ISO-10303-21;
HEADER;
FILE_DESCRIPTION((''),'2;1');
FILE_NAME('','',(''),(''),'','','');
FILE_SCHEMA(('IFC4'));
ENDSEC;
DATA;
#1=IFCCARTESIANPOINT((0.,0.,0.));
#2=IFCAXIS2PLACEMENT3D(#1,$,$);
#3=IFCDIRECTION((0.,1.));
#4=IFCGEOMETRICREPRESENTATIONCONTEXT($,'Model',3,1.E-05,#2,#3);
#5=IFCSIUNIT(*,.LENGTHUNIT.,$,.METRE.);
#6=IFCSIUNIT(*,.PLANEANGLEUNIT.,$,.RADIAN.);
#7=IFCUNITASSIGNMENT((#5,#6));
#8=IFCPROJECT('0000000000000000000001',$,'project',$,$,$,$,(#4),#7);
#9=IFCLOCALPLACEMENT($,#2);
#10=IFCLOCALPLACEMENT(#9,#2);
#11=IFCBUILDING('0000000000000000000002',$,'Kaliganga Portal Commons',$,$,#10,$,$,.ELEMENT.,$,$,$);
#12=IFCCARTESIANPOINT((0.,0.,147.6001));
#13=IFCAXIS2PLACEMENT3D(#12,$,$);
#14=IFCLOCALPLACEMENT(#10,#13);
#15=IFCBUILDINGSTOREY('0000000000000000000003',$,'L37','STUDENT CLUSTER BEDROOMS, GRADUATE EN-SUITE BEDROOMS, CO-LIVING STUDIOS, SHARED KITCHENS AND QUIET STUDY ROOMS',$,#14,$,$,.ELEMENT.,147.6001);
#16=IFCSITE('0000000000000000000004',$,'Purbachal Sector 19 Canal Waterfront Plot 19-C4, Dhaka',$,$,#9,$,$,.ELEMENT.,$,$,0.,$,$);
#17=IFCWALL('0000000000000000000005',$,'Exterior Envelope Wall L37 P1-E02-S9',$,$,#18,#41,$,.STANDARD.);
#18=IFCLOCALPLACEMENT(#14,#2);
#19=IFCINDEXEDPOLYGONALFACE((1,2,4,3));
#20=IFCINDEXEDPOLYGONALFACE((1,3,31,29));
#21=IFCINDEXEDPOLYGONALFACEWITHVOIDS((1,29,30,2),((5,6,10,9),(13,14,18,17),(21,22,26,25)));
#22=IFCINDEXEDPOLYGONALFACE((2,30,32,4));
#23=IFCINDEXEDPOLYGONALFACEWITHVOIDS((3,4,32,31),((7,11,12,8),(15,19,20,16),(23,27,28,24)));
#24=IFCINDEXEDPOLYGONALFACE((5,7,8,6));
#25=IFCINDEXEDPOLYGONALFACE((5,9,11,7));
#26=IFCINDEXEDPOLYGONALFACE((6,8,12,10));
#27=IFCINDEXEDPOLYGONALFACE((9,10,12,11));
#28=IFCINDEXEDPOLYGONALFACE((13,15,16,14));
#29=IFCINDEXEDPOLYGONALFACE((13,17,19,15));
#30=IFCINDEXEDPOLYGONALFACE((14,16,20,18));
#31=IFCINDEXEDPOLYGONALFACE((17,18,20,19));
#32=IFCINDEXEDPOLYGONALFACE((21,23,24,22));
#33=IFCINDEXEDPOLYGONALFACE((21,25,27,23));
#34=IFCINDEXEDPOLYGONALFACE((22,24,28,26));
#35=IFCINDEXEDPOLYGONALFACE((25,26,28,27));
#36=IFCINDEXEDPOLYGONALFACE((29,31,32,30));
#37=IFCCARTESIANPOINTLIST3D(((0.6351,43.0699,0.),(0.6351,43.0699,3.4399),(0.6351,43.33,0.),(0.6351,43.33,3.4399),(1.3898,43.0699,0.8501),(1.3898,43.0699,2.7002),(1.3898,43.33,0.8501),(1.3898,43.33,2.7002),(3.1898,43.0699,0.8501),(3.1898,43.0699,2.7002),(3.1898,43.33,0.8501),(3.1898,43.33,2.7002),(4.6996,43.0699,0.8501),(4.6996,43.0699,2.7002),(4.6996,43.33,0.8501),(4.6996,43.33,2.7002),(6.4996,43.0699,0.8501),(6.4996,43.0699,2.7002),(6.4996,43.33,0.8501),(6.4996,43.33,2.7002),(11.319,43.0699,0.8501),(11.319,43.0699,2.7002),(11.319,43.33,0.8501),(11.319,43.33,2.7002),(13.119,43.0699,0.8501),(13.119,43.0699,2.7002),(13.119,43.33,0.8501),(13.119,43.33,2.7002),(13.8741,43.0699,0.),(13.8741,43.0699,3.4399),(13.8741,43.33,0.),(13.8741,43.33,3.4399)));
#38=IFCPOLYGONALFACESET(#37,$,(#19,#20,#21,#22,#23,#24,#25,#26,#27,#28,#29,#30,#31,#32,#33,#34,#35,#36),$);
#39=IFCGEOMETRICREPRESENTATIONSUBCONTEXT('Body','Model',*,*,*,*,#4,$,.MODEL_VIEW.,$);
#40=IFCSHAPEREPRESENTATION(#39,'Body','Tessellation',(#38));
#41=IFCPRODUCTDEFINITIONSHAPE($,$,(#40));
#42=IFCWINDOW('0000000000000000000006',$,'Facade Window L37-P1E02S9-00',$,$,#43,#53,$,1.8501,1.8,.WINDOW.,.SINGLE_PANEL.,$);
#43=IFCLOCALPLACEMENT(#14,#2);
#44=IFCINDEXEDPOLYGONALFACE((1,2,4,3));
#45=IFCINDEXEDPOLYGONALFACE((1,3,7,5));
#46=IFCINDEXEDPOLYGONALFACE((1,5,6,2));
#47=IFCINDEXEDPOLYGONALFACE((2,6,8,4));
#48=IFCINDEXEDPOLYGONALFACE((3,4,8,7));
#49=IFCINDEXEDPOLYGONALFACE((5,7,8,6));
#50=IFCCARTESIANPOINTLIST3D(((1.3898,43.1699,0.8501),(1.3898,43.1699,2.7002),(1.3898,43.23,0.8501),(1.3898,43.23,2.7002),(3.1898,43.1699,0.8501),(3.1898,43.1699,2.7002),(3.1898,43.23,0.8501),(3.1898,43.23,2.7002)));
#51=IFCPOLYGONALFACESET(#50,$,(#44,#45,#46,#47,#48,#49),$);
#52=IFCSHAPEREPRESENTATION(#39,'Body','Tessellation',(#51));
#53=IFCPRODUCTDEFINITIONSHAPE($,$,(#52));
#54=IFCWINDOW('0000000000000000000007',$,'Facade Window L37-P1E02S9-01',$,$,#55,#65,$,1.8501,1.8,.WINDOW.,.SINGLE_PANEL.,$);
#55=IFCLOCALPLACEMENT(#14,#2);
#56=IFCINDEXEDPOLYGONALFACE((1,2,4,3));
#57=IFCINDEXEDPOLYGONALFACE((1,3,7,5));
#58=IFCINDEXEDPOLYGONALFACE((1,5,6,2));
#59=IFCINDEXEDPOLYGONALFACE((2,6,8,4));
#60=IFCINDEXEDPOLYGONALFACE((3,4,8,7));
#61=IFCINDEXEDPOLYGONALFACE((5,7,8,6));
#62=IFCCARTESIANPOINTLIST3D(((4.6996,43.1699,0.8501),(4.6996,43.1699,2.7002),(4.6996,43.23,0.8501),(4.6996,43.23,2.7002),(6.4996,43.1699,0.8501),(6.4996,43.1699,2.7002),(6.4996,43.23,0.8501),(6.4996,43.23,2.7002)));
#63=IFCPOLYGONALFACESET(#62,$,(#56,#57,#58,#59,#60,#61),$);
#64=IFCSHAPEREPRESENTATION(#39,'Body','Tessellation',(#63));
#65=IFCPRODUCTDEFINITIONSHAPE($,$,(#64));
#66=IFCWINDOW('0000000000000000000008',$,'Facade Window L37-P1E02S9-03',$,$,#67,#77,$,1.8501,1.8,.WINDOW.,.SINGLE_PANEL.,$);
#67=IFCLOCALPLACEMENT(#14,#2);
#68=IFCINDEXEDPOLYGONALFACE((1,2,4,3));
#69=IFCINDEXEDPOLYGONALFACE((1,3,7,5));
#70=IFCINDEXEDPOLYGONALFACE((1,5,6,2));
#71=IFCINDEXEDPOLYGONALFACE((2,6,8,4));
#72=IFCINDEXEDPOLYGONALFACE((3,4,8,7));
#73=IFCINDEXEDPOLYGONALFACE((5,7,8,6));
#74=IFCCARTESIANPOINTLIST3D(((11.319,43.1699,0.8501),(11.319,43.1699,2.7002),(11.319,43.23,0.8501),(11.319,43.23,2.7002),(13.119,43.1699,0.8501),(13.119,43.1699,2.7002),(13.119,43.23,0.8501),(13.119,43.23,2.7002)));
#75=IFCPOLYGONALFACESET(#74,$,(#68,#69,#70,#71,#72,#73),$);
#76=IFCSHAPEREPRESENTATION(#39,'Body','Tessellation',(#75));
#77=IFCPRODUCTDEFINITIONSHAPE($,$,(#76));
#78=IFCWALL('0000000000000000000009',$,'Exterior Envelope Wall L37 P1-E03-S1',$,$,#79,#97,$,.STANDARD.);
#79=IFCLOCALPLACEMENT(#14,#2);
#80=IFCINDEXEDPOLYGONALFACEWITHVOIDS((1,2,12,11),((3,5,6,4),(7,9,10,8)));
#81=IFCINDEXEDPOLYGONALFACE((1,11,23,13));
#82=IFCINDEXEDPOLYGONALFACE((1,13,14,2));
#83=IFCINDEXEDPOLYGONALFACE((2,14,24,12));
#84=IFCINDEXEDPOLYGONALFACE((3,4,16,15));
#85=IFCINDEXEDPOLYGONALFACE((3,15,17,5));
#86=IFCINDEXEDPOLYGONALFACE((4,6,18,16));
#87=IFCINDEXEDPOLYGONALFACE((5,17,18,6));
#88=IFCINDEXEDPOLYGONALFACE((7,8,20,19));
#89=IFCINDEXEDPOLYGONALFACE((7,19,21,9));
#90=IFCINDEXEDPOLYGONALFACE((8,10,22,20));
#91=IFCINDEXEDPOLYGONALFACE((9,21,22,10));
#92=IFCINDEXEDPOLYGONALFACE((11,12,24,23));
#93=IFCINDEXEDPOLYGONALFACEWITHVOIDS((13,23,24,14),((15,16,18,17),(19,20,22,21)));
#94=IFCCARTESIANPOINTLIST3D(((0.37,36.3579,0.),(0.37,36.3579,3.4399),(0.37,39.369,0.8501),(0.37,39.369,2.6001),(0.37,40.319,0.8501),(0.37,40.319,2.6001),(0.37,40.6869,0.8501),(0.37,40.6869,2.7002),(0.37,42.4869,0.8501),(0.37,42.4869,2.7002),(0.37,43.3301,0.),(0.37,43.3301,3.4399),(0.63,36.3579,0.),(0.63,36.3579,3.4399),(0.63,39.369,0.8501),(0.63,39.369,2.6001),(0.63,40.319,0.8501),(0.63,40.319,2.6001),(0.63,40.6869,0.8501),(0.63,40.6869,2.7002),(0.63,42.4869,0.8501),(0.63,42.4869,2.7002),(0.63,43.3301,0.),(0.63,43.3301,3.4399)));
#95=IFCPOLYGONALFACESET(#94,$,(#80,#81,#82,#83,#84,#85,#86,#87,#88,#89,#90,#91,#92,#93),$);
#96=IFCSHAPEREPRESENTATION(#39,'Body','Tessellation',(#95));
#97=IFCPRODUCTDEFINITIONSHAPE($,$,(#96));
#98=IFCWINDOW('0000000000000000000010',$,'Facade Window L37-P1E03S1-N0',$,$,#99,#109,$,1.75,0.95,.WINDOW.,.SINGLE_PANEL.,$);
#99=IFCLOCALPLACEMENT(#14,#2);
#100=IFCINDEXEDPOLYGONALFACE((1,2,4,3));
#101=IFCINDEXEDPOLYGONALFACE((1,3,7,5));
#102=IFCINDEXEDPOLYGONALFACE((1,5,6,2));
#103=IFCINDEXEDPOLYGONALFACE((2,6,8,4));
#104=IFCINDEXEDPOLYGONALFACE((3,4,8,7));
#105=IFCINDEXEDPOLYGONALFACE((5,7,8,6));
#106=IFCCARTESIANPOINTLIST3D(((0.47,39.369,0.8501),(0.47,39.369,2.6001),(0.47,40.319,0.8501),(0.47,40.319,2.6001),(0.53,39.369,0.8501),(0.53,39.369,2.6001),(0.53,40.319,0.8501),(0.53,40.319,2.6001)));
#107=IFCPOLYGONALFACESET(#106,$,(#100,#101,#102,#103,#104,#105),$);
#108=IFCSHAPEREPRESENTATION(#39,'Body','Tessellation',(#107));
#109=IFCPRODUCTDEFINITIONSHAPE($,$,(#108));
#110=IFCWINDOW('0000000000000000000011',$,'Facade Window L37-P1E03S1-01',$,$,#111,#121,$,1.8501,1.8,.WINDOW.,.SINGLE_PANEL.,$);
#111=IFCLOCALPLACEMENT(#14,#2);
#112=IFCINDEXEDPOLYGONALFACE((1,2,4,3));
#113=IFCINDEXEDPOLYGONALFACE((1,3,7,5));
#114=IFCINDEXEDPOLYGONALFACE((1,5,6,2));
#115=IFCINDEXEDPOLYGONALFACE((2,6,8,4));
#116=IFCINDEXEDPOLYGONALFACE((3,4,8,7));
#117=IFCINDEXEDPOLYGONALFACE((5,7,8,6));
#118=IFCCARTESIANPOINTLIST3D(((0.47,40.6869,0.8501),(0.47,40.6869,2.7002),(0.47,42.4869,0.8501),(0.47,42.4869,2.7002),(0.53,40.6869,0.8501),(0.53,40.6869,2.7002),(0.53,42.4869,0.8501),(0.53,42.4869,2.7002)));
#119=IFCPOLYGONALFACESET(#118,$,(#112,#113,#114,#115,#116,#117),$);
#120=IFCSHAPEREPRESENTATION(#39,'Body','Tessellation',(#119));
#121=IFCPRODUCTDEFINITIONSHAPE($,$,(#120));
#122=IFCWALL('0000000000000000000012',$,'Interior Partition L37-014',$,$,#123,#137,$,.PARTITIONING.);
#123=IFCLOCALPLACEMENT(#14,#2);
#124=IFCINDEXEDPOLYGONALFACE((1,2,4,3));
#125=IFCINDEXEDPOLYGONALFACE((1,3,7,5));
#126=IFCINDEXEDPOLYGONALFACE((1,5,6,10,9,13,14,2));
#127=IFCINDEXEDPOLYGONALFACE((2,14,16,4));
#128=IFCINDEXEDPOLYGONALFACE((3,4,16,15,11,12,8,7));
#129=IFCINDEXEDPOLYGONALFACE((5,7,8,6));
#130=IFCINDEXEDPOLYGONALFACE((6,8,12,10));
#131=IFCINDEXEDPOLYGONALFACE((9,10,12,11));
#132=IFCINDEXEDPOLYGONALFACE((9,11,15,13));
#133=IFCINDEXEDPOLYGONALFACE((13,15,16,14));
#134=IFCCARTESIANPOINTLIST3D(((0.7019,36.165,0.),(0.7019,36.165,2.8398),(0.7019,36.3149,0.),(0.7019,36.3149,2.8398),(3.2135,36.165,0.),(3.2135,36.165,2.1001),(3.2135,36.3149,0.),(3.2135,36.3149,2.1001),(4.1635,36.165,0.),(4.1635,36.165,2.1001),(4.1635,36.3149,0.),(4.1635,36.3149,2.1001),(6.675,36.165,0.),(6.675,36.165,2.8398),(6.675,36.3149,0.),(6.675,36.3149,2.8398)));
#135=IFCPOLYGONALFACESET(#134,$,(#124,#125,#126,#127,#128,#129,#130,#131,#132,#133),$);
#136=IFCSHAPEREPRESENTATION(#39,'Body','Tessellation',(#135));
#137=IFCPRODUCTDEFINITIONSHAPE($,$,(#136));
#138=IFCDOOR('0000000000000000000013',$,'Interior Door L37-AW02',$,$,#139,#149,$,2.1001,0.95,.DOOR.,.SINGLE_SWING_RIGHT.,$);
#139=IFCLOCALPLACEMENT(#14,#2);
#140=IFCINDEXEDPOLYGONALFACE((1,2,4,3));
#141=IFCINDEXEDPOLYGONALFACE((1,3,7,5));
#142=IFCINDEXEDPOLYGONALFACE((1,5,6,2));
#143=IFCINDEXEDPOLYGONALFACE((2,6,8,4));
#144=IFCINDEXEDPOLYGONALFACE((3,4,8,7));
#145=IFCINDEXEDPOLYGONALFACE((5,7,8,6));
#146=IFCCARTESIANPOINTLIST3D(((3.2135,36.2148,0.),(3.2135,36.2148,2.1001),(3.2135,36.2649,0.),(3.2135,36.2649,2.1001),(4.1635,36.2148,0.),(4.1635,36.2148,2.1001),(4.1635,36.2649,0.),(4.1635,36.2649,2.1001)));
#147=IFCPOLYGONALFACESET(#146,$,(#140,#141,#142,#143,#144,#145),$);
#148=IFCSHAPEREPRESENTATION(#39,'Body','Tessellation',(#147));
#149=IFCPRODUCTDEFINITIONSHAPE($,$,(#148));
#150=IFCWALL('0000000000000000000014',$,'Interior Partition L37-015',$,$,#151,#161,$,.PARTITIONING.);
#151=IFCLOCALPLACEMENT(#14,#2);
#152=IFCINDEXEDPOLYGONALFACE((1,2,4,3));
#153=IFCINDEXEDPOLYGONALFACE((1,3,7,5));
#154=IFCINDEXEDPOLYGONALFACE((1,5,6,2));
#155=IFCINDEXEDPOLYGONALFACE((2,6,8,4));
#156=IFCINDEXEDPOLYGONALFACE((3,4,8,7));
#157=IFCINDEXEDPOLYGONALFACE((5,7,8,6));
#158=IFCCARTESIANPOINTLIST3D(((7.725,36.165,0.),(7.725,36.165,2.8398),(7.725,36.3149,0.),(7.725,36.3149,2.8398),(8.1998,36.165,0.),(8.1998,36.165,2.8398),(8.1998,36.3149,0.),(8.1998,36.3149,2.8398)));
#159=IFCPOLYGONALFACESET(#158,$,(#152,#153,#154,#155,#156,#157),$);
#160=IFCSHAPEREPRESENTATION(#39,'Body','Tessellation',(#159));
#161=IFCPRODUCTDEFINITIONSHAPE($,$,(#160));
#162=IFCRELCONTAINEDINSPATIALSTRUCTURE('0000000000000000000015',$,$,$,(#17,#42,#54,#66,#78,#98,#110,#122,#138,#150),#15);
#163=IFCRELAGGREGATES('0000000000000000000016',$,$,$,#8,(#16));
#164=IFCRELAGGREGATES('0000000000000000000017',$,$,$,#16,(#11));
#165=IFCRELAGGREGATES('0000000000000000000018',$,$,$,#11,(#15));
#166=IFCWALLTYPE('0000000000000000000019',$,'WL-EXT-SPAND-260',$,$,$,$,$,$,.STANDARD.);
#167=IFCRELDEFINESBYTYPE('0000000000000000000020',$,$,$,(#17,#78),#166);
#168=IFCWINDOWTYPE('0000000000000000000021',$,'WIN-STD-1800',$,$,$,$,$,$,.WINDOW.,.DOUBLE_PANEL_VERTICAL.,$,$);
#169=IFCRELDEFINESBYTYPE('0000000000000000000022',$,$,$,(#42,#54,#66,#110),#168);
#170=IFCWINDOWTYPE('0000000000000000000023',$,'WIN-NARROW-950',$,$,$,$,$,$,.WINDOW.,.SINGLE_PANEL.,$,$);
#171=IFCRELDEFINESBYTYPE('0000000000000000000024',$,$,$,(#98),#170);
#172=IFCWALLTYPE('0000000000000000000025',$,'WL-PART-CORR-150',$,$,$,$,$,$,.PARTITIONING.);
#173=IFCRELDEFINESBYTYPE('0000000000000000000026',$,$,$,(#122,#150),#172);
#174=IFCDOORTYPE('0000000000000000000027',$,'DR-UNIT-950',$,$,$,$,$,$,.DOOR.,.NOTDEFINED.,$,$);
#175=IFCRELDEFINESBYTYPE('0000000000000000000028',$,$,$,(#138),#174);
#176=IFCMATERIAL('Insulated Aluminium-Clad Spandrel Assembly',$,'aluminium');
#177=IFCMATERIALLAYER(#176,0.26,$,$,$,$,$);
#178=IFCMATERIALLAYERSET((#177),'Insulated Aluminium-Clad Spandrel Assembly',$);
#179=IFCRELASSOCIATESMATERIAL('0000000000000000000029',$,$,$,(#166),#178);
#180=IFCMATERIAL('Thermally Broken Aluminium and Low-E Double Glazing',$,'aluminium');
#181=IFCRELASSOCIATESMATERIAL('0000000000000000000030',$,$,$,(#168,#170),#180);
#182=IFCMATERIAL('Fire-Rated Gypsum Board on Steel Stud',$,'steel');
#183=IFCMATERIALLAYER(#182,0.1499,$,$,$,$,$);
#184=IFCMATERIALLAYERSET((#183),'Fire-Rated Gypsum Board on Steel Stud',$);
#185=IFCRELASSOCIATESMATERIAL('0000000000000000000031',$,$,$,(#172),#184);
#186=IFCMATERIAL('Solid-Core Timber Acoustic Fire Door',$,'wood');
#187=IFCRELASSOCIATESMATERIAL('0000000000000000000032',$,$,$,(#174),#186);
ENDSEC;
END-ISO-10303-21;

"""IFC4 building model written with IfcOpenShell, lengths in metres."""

from ifc_helpers import new_model, si_unit, direction, frame, frame_2d, origin, place, context, subcontext, project, spatial, rectangle, extrude, material, layer, layer_set, type_object, element, fill, save


model = new_model("IFC4")

# Units and contexts
model_context = context("Model", 3, precision=1e-05, world=origin(), true_north=direction((0.0, 1.0)))
body_context = subcontext(model_context, "Body", "Model", "MODEL_VIEW")
ifc_project = project(units=[si_unit("LENGTHUNIT", "METRE"), si_unit("PLANEANGLEUNIT", "RADIAN")], contexts=[model_context])

# Site, building, storey
site_placement = place(None, origin())
site = spatial("IfcSite", under=ifc_project, at=site_placement, Name="Purbachal Sector 19 Canal Waterfront Plot 19-C4, Dhaka", CompositionType="ELEMENT", RefElevation=0.0)
building_placement = place(site_placement, origin())
building = spatial("IfcBuilding", under=site, at=building_placement, Name="Kaliganga Portal Commons", CompositionType="ELEMENT")
storey_placement = place(building_placement, frame((0.0, 0.0, 147.6001)))
storey = spatial("IfcBuildingStorey", under=building, at=storey_placement, Name="L37", Description="STUDENT CLUSTER BEDROOMS, GRADUATE EN-SUITE BEDROOMS, CO-LIVING STUDIOS, SHARED KITCHENS AND QUIET STUDY ROOMS", CompositionType="ELEMENT", Elevation=147.6001)

# Walls, openings, windows
ifc_material_1 = material(Name="Insulated Aluminium-Clad Spandrel Assembly", Category="aluminium")
ifc_layer_1 = layer(ifc_material_1, 0.26)
ifc_layer_set_1 = layer_set([ifc_layer_1], Name="Insulated Aluminium-Clad Spandrel Assembly")
wall_type_1 = type_object("IfcWallType", Name="WL-EXT-SPAND-260", PredefinedType="STANDARD", material=ifc_layer_set_1)
wall_1_placement = place(storey_placement, frame((0.635, 43.2, 0.0), z_axis=(0.0, 0.0, 1.0), x_axis=(1.0, 0.0, 0.0)))
wall_1 = element("IfcWall", 1, at=wall_1_placement, inside=storey, type_object=wall_type_1, Name="Exterior Envelope Wall L37 P1-E02-S9", PredefinedType="STANDARD", context=body_context, shape_type="SweptSolid", body=[
    extrude(rectangle(XDim=13.239, YDim=0.26, at=frame_2d((6.6196, 0.0))), origin(), (0.0, 0.0, 1.0), 3.4399),
])
opening_1_placement = place(wall_1_placement, frame((0.7549, 0.0, 0.8501)))
opening_1 = element("IfcOpeningElement", 2, at=opening_1_placement, cuts=wall_1, PredefinedType="OPENING", context=body_context, shape_type="SweptSolid", body=[
    extrude(rectangle(XDim=1.8, YDim=1.8501, at=frame_2d((0.8999, 0.925))), frame((0.0, 0.1401, 0.0), z_axis=(0.0, -1.0, 0.0), x_axis=(1.0, 0.0, 0.0)), (0.0, 0.0, 1.0), 0.28),
])
opening_2_placement = place(wall_1_placement, frame((4.0647, 0.0, 0.8501)))
opening_2 = element("IfcOpeningElement", 3, at=opening_2_placement, cuts=wall_1, PredefinedType="OPENING", context=body_context, shape_type="SweptSolid", body=[
    extrude(rectangle(XDim=1.8, YDim=1.8501, at=frame_2d((0.8999, 0.925))), frame((0.0, 0.1401, 0.0), z_axis=(0.0, -1.0, 0.0), x_axis=(1.0, 0.0, 0.0)), (0.0, 0.0, 1.0), 0.28),
])
opening_3_placement = place(wall_1_placement, frame((10.6841, 0.0, 0.8501)))
opening_3 = element("IfcOpeningElement", 4, at=opening_3_placement, cuts=wall_1, PredefinedType="OPENING", context=body_context, shape_type="SweptSolid", body=[
    extrude(rectangle(XDim=1.8, YDim=1.8501, at=frame_2d((0.8999, 0.925))), frame((0.0, 0.1401, 0.0), z_axis=(0.0, -1.0, 0.0), x_axis=(1.0, 0.0, 0.0)), (0.0, 0.0, 1.0), 0.28),
])
ifc_material_2 = material(Name="Thermally Broken Aluminium and Low-E Double Glazing", Category="aluminium")
window_type_1 = type_object("IfcWindowType", Name="WIN-STD-1800", PartitioningType="DOUBLE_PANEL_VERTICAL", PredefinedType="WINDOW", material=ifc_material_2)
window_1_placement = place(opening_1_placement, origin())
window_1 = element("IfcWindow", 5, at=window_1_placement, inside=storey, type_object=window_type_1, Name="Facade Window L37-P1E02S9-00", OverallHeight=1.8501, OverallWidth=1.8, PartitioningType="SINGLE_PANEL", PredefinedType="WINDOW", context=body_context, shape_type="SweptSolid", body=[
    extrude(rectangle(XDim=1.8, YDim=1.8501, at=frame_2d((0.8999, 0.925))), frame((0.0, 0.03, 0.0), z_axis=(0.0, -1.0, 0.0), x_axis=(1.0, 0.0, 0.0)), (0.0, 0.0, 1.0), 0.0601),
])
fill(opening_1, window_1)
window_2_placement = place(opening_2_placement, origin())
window_2 = element("IfcWindow", 6, at=window_2_placement, inside=storey, type_object=window_type_1, Name="Facade Window L37-P1E02S9-01", OverallHeight=1.8501, OverallWidth=1.8, PartitioningType="SINGLE_PANEL", PredefinedType="WINDOW", context=body_context, shape_type="SweptSolid", body=[
    extrude(rectangle(XDim=1.8, YDim=1.8501, at=frame_2d((0.8999, 0.925))), frame((0.0, 0.03, 0.0), z_axis=(0.0, -1.0, 0.0), x_axis=(1.0, 0.0, 0.0)), (0.0, 0.0, 1.0), 0.0601),
])
fill(opening_2, window_2)
window_3_placement = place(opening_3_placement, origin())
window_3 = element("IfcWindow", 7, at=window_3_placement, inside=storey, type_object=window_type_1, Name="Facade Window L37-P1E02S9-03", OverallHeight=1.8501, OverallWidth=1.8, PartitioningType="SINGLE_PANEL", PredefinedType="WINDOW", context=body_context, shape_type="SweptSolid", body=[
    extrude(rectangle(XDim=1.8, YDim=1.8501, at=frame_2d((0.8999, 0.925))), frame((0.0, 0.03, 0.0), z_axis=(0.0, -1.0, 0.0), x_axis=(1.0, 0.0, 0.0)), (0.0, 0.0, 1.0), 0.0601),
])
fill(opening_3, window_3)
wall_2_placement = place(storey_placement, frame((0.5, 36.3579, 0.0), z_axis=(0.0, 0.0, 1.0), x_axis=(0.0, 1.0, 0.0)))
wall_2 = element("IfcWall", 8, at=wall_2_placement, inside=storey, type_object=wall_type_1, Name="Exterior Envelope Wall L37 P1-E03-S1", PredefinedType="STANDARD", context=body_context, shape_type="SweptSolid", body=[
    extrude(rectangle(XDim=6.9722, YDim=0.26, at=frame_2d((3.4861, 0.0))), origin(), (0.0, 0.0, 1.0), 3.4399),
])
opening_4_placement = place(wall_2_placement, frame((4.3291, 0.0, 0.8501)))
opening_4 = element("IfcOpeningElement", 9, at=opening_4_placement, cuts=wall_2, PredefinedType="OPENING", context=body_context, shape_type="SweptSolid", body=[
    extrude(rectangle(XDim=1.8, YDim=1.8501, at=frame_2d((0.8999, 0.925))), frame((0.0, 0.1401, 0.0), z_axis=(0.0, -1.0, 0.0), x_axis=(1.0, 0.0, 0.0)), (0.0, 0.0, 1.0), 0.28),
])
opening_5_placement = place(wall_2_placement, frame((3.011, 0.0, 0.8501)))
opening_5 = element("IfcOpeningElement", 10, at=opening_5_placement, cuts=wall_2, PredefinedType="OPENING", context=body_context, shape_type="SweptSolid", body=[
    extrude(rectangle(XDim=0.95, YDim=1.75, at=frame_2d((0.4751, 0.875))), frame((0.0, 0.1401, 0.0), z_axis=(0.0, -1.0, 0.0), x_axis=(1.0, 0.0, 0.0)), (0.0, 0.0, 1.0), 0.28),
])
window_type_2 = type_object("IfcWindowType", Name="WIN-NARROW-950", PartitioningType="SINGLE_PANEL", PredefinedType="WINDOW", material=ifc_material_2)
window_4_placement = place(opening_5_placement, origin())
window_4 = element("IfcWindow", 11, at=window_4_placement, inside=storey, type_object=window_type_2, Name="Facade Window L37-P1E03S1-N0", OverallHeight=1.75, OverallWidth=0.95, PartitioningType="SINGLE_PANEL", PredefinedType="WINDOW", context=body_context, shape_type="SweptSolid", body=[
    extrude(rectangle(XDim=0.95, YDim=1.75, at=frame_2d((0.4751, 0.875))), frame((0.0, 0.03, 0.0), z_axis=(0.0, -1.0, 0.0), x_axis=(1.0, 0.0, 0.0)), (0.0, 0.0, 1.0), 0.0601),
])
fill(opening_5, window_4)
window_5_placement = place(opening_4_placement, origin())
window_5 = element("IfcWindow", 12, at=window_5_placement, inside=storey, type_object=window_type_1, Name="Facade Window L37-P1E03S1-01", OverallHeight=1.8501, OverallWidth=1.8, PartitioningType="SINGLE_PANEL", PredefinedType="WINDOW", context=body_context, shape_type="SweptSolid", body=[
    extrude(rectangle(XDim=1.8, YDim=1.8501, at=frame_2d((0.8999, 0.925))), frame((0.0, 0.03, 0.0), z_axis=(0.0, -1.0, 0.0), x_axis=(1.0, 0.0, 0.0)), (0.0, 0.0, 1.0), 0.0601),
])
fill(opening_4, window_5)

# Wall, opening, door
ifc_material_3 = material(Name="Fire-Rated Gypsum Board on Steel Stud", Category="steel")
ifc_layer_2 = layer(ifc_material_3, 0.1499)
ifc_layer_set_2 = layer_set([ifc_layer_2], Name="Fire-Rated Gypsum Board on Steel Stud")
wall_type_2 = type_object("IfcWallType", Name="WL-PART-CORR-150", PredefinedType="PARTITIONING", material=ifc_layer_set_2)
wall_3_placement = place(storey_placement, frame((0.7019, 36.24, 0.0), z_axis=(0.0, 0.0, 1.0), x_axis=(1.0, 0.0, 0.0)))
wall_3 = element("IfcWall", 13, at=wall_3_placement, inside=storey, type_object=wall_type_2, Name="Interior Partition L37-014", PredefinedType="PARTITIONING", context=body_context, shape_type="SweptSolid", body=[
    extrude(rectangle(XDim=5.9731, YDim=0.1499, at=frame_2d((2.9866, 0.0))), origin(), (0.0, 0.0, 1.0), 2.8398),
])
opening_6_placement = place(wall_3_placement, frame((2.5115, 0.0, 0.0)))
opening_6 = element("IfcOpeningElement", 14, at=opening_6_placement, cuts=wall_3, PredefinedType="OPENING", context=body_context, shape_type="SweptSolid", body=[
    extrude(rectangle(XDim=0.95, YDim=2.1001, at=frame_2d((0.4751, 1.05))), frame((0.0, 0.085, 0.0), z_axis=(0.0, -1.0, 0.0), x_axis=(1.0, 0.0, 0.0)), (0.0, 0.0, 1.0), 0.1699),
])
ifc_material_4 = material(Name="Solid-Core Timber Acoustic Fire Door", Category="wood")
door_type_1 = type_object("IfcDoorType", Name="DR-UNIT-950", OperationType="NOTDEFINED", PredefinedType="DOOR", material=ifc_material_4)
door_1_placement = place(opening_6_placement, origin())
door_1 = element("IfcDoor", 15, at=door_1_placement, inside=storey, type_object=door_type_1, Name="Interior Door L37-AW02", OperationType="SINGLE_SWING_RIGHT", OverallHeight=2.1001, OverallWidth=0.95, PredefinedType="DOOR", context=body_context, shape_type="SweptSolid", body=[
    extrude(rectangle(XDim=0.95, YDim=2.1001, at=frame_2d((0.4751, 1.05))), frame((0.0, 0.0249, 0.0), z_axis=(0.0, -1.0, 0.0), x_axis=(1.0, 0.0, 0.0)), (0.0, 0.0, 1.0), 0.05),
])
fill(opening_6, door_1)

# Wall
wall_4_placement = place(storey_placement, frame((7.7251, 36.24, 0.0), z_axis=(0.0, 0.0, 1.0), x_axis=(1.0, 0.0, 0.0)))
element("IfcWall", 16, at=wall_4_placement, inside=storey, type_object=wall_type_2, Name="Interior Partition L37-015", PredefinedType="PARTITIONING", context=body_context, shape_type="SweptSolid", body=[
    extrude(rectangle(XDim=0.4749, YDim=0.1499, at=frame_2d((0.2373, 0.0))), origin(), (0.0, 0.0, 1.0), 2.8398),
])

save(model, "model.ifc")
